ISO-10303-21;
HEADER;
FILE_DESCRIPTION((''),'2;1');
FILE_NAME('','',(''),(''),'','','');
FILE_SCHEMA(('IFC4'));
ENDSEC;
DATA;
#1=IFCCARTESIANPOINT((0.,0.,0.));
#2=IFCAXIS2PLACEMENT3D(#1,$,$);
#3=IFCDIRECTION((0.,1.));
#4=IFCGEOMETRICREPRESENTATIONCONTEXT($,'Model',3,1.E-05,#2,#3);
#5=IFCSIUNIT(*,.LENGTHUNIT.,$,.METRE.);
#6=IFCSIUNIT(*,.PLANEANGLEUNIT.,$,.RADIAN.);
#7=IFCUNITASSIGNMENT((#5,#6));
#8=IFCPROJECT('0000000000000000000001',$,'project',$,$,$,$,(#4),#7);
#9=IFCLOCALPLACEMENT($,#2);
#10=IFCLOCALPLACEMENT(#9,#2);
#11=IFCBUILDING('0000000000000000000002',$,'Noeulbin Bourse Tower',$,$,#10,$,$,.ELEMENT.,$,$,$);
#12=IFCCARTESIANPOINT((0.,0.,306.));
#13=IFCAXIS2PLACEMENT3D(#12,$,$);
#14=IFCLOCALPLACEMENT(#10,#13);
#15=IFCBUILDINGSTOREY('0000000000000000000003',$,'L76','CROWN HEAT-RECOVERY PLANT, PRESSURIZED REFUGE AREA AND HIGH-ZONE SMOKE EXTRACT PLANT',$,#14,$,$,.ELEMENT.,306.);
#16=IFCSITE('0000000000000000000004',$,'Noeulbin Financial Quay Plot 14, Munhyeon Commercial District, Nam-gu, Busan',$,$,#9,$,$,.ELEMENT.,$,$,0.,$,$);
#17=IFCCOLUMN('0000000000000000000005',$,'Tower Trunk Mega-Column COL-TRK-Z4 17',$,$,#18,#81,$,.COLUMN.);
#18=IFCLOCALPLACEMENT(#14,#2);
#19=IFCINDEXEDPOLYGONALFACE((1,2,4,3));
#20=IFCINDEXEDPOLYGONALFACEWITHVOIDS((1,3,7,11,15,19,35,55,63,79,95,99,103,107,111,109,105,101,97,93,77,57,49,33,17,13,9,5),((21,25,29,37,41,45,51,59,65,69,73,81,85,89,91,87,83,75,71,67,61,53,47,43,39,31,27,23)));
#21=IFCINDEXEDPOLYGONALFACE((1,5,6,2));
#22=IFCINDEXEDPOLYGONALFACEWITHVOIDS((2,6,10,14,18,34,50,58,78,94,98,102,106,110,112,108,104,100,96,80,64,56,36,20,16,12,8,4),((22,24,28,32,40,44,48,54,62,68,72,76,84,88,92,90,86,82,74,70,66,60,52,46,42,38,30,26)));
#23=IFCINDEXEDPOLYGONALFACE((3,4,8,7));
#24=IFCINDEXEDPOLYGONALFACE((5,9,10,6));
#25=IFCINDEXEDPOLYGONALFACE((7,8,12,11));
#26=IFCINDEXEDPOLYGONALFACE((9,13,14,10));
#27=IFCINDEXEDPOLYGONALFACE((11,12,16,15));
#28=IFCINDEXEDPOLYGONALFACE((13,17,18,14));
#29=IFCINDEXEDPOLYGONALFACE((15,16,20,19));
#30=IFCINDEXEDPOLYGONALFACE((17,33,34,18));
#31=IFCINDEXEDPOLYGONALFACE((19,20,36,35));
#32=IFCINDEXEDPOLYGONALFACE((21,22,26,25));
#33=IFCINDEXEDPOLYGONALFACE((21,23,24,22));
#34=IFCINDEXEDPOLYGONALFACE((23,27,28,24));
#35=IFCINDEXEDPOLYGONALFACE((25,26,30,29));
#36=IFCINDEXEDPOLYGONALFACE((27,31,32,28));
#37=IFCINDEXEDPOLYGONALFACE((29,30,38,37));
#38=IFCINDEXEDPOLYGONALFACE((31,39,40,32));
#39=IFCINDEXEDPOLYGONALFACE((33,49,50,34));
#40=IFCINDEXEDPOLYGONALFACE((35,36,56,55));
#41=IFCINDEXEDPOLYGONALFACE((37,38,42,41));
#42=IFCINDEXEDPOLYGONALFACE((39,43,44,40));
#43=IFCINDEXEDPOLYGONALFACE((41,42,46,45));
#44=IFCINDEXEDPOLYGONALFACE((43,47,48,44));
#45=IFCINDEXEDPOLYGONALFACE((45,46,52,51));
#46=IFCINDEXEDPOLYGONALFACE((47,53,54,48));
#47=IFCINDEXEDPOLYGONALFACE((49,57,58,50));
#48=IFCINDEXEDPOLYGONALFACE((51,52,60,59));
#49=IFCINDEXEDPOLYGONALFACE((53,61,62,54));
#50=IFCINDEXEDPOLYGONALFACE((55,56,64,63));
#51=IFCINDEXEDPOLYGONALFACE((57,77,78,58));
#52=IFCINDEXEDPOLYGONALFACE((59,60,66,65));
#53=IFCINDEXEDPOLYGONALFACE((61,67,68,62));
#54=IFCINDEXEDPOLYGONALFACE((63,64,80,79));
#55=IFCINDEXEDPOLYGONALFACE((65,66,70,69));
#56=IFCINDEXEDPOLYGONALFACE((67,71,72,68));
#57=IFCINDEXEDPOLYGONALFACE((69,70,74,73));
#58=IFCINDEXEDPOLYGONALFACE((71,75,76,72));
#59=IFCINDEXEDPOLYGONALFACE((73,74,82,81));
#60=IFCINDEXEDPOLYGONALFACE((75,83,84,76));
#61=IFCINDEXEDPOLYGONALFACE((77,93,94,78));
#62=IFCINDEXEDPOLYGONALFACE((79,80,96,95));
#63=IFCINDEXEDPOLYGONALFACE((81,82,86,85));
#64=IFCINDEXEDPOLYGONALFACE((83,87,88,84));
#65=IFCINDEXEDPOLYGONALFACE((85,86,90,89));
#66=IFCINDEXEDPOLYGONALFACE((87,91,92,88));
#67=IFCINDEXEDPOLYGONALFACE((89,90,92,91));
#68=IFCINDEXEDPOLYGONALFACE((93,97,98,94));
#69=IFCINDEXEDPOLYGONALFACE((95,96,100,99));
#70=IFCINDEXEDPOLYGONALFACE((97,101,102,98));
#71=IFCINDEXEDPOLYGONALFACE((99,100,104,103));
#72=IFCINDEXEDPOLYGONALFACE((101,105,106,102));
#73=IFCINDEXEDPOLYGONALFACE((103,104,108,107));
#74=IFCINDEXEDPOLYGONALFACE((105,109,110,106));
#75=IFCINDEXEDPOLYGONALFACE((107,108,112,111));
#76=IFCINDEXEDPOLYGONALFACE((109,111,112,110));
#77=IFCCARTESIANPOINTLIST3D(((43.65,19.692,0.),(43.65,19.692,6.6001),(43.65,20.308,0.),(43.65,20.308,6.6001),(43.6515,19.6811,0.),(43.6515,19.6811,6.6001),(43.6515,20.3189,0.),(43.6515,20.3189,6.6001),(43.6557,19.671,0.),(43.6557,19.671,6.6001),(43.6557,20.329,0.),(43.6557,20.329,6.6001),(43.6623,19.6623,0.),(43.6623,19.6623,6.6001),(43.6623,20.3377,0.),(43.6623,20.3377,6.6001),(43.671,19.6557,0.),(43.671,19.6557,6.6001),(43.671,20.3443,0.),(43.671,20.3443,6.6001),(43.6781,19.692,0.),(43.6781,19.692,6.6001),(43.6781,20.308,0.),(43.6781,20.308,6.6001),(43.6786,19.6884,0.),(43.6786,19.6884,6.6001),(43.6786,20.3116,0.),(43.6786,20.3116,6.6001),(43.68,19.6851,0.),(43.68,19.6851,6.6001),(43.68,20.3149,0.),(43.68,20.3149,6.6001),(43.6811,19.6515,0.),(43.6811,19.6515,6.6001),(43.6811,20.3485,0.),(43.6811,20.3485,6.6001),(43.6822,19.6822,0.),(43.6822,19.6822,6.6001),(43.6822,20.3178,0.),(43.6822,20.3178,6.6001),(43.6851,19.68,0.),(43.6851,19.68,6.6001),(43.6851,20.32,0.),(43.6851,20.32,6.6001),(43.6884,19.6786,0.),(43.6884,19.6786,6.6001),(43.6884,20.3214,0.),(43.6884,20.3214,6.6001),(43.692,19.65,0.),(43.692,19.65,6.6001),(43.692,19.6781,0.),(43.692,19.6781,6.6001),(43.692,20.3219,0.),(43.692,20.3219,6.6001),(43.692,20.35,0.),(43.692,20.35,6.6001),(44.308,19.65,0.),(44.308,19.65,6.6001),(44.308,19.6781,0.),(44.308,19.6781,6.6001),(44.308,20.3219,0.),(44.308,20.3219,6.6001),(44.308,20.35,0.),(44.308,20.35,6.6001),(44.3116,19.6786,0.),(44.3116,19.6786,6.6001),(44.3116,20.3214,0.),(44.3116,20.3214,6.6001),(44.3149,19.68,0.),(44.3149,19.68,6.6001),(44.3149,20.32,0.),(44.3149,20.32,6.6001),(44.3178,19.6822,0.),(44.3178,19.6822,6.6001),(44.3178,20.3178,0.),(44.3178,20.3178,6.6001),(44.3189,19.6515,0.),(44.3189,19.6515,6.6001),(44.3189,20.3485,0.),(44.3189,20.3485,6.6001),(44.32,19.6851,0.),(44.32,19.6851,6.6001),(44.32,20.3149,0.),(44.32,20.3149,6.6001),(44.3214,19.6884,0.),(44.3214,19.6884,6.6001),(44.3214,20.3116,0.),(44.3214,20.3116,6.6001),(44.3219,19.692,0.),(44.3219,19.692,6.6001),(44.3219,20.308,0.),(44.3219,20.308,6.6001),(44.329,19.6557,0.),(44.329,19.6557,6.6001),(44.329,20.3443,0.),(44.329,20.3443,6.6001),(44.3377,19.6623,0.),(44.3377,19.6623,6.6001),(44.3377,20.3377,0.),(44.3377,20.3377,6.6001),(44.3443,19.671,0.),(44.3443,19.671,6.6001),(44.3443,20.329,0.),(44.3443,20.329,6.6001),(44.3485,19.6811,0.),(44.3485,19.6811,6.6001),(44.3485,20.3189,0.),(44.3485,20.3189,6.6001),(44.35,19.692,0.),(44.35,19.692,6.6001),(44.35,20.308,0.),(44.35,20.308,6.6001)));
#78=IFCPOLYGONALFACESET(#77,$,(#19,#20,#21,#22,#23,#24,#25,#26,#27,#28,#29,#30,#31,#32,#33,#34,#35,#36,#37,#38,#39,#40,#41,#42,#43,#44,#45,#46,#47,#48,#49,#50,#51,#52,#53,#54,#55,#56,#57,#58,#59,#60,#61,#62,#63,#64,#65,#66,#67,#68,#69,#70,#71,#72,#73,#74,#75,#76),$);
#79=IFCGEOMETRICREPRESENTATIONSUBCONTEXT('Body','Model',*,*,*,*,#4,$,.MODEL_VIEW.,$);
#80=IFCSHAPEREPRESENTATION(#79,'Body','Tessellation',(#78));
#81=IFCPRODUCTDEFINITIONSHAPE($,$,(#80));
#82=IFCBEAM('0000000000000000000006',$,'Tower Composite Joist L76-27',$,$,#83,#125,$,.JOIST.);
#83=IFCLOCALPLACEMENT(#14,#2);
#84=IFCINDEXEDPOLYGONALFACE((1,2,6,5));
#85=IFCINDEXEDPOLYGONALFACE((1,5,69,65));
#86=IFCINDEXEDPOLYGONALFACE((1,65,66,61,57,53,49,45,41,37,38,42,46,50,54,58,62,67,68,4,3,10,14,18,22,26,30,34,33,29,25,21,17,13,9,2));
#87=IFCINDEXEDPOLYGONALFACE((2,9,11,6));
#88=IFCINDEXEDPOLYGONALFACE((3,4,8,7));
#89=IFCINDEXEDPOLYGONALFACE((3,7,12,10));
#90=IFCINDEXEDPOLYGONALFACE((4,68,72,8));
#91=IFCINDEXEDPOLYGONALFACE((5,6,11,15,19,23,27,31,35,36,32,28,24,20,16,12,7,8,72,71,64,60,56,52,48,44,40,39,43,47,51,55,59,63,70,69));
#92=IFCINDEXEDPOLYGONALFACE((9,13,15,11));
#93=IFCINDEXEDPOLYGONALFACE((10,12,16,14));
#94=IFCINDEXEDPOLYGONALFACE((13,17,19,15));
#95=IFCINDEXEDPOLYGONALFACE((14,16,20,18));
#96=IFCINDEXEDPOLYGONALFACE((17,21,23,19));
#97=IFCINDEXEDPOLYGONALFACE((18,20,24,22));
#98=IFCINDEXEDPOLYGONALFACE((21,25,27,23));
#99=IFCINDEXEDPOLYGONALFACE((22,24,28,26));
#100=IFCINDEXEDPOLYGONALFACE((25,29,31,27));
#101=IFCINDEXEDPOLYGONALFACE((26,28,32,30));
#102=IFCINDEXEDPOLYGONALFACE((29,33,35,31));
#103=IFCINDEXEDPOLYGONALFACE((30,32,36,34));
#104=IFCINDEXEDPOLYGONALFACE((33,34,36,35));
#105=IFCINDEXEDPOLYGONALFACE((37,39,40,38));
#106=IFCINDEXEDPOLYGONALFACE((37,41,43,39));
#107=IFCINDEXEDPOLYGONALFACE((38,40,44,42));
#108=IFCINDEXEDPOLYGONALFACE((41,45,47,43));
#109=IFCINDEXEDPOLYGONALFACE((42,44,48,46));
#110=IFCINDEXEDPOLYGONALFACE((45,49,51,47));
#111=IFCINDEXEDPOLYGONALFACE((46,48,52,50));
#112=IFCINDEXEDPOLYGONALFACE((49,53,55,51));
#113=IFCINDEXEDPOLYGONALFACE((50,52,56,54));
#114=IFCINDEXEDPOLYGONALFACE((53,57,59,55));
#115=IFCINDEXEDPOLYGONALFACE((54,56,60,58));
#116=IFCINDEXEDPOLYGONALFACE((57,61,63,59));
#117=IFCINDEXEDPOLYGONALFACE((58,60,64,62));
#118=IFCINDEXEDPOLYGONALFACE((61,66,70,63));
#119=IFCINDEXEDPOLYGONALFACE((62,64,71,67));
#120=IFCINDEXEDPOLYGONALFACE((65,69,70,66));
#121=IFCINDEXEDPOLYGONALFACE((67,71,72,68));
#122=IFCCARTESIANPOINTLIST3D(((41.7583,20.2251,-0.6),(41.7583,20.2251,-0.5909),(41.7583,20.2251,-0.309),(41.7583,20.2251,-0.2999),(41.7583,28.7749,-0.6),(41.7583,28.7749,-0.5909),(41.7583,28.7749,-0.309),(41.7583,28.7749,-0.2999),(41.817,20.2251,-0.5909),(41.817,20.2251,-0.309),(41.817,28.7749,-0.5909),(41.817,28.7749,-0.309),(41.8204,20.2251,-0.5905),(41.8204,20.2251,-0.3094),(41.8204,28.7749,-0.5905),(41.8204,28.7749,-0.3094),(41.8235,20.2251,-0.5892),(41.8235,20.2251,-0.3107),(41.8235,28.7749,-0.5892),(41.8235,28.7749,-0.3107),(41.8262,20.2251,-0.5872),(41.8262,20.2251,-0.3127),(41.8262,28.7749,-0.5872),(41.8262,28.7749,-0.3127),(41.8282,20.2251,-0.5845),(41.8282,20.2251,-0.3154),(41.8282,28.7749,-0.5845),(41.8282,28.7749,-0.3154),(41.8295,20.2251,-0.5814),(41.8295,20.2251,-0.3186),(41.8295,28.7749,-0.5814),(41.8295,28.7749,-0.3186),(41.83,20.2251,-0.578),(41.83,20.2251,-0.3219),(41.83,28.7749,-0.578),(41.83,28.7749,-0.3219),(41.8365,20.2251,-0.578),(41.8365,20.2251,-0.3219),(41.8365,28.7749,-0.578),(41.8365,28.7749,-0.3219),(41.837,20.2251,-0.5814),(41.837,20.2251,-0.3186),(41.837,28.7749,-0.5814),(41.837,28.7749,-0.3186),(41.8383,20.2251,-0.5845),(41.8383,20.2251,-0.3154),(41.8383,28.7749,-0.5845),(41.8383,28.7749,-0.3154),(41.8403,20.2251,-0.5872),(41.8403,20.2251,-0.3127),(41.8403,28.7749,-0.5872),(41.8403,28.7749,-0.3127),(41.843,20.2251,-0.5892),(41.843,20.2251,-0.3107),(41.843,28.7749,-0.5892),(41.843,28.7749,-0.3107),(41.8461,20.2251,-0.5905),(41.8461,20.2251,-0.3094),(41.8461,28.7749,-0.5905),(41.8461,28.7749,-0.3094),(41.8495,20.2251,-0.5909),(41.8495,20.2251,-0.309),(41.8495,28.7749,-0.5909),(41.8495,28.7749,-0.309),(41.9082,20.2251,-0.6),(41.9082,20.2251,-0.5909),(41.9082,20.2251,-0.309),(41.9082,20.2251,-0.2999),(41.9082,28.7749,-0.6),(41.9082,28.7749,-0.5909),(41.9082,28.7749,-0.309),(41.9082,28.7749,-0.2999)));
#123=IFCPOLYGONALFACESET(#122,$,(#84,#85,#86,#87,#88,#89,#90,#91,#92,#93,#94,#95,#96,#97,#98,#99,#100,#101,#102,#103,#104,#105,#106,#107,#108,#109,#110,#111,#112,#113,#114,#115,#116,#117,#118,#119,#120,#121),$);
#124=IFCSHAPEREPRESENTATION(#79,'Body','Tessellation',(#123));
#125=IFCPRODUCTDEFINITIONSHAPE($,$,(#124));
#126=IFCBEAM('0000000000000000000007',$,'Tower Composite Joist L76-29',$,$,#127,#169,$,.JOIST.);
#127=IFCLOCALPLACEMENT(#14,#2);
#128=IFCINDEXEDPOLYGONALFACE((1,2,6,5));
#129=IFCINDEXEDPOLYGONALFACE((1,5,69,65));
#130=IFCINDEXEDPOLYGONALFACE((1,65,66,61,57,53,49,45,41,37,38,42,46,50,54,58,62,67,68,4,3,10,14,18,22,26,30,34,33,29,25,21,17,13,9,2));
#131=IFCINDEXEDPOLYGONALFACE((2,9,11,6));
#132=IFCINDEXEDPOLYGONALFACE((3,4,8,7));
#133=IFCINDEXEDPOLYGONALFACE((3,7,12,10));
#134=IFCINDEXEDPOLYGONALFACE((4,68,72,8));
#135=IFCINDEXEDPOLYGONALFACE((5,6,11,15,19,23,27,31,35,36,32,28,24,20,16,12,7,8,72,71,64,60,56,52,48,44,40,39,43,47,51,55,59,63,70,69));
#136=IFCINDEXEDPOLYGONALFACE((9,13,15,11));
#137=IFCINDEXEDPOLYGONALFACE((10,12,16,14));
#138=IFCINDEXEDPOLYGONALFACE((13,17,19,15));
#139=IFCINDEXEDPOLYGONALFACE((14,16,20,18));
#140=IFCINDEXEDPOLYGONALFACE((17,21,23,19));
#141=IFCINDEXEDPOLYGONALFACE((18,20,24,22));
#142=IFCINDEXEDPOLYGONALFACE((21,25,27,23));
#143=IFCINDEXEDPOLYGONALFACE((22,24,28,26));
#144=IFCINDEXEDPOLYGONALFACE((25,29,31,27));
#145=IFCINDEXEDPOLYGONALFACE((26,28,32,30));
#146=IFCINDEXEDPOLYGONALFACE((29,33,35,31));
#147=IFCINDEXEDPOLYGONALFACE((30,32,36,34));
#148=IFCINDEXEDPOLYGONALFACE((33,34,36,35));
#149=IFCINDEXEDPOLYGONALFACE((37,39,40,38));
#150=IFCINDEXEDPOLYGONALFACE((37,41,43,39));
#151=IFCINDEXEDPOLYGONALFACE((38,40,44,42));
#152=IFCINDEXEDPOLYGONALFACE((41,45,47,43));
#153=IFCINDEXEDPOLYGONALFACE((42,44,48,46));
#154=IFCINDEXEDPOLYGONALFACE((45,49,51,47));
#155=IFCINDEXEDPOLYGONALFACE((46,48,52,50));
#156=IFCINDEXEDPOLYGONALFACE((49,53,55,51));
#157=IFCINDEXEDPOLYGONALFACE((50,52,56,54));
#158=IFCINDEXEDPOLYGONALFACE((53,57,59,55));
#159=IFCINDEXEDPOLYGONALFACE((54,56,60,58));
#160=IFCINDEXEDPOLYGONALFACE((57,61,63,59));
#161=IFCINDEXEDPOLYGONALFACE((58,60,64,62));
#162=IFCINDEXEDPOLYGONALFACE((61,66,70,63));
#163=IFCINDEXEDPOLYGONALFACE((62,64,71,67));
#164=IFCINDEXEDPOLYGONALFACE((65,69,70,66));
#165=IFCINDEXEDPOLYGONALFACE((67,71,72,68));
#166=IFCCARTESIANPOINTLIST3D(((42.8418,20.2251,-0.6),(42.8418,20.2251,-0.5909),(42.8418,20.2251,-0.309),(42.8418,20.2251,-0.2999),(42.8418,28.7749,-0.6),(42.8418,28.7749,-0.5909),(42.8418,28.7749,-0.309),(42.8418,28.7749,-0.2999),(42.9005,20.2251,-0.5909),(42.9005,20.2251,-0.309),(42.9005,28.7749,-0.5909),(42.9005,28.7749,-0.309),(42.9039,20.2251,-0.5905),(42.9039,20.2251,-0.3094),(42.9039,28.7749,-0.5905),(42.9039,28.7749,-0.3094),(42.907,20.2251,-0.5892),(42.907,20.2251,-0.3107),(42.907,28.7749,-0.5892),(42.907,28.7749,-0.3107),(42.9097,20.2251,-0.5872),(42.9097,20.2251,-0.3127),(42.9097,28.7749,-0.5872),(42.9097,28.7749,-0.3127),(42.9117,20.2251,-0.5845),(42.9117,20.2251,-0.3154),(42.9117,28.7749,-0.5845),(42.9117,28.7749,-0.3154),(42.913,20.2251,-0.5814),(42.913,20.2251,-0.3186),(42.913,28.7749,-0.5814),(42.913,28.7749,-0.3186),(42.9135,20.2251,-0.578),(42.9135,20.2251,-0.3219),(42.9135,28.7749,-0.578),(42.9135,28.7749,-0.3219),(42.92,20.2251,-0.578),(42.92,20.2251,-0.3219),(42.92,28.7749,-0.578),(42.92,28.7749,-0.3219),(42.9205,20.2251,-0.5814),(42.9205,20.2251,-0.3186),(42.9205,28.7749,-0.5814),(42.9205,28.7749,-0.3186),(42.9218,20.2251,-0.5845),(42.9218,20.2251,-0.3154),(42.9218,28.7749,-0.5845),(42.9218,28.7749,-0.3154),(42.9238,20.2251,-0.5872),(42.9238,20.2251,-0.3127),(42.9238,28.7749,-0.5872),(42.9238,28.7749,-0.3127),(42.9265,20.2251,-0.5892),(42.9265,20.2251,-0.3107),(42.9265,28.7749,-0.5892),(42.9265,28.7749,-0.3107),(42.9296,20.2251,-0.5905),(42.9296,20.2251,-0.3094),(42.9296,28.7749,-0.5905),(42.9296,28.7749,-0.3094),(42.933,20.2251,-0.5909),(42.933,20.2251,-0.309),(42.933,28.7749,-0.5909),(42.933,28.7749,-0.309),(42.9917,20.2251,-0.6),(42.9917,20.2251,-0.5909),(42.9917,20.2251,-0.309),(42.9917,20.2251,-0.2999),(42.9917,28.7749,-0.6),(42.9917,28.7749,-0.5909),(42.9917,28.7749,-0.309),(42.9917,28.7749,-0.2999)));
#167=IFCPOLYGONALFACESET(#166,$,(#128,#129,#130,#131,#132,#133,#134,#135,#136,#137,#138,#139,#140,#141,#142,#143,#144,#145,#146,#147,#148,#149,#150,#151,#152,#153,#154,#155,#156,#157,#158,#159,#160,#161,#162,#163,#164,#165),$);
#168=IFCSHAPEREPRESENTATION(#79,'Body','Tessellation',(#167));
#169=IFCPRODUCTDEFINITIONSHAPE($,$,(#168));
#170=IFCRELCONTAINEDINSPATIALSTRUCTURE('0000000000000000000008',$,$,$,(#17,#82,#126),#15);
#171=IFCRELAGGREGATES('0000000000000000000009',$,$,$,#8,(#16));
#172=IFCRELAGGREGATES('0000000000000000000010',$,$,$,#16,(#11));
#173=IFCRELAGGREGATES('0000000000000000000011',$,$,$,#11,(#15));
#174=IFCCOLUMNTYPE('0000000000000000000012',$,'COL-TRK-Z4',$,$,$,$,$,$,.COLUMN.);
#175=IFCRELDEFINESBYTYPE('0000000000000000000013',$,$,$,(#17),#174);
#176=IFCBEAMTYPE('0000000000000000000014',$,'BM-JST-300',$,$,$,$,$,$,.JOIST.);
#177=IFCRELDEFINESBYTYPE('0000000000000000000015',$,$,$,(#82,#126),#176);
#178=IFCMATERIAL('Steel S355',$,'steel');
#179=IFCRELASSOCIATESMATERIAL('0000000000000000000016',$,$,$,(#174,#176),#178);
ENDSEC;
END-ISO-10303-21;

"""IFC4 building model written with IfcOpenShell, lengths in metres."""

from ifc_helpers import new_model, si_unit, direction, frame, origin, origin_2d, place, context, subcontext, project, spatial, hollow_rectangle, i_section, extrude, material, material_profile, profile_set, type_object, element, save


model = new_model("IFC4")

# Units and contexts
model_context = context("Model", 3, precision=1e-05, world=origin(), true_north=direction((0.0, 1.0)))
body_context = subcontext(model_context, "Body", "Model", "MODEL_VIEW")
ifc_project = project(units=[si_unit("LENGTHUNIT", "METRE"), si_unit("PLANEANGLEUNIT", "RADIAN")], contexts=[model_context])

# Site, building, storey
site_placement = place(None, origin())
site = spatial("IfcSite", under=ifc_project, at=site_placement, Name="Noeulbin Financial Quay Plot 14, Munhyeon Commercial District, Nam-gu, Busan", CompositionType="ELEMENT", RefElevation=0.0)
building_placement = place(site_placement, origin())
building = spatial("IfcBuilding", under=site, at=building_placement, Name="Noeulbin Bourse Tower", CompositionType="ELEMENT")
storey_placement = place(building_placement, frame((0.0, 0.0, 306.0)))
storey = spatial("IfcBuildingStorey", under=building, at=storey_placement, Name="L76", Description="CROWN HEAT-RECOVERY PLANT, PRESSURIZED REFUGE AREA AND HIGH-ZONE SMOKE EXTRACT PLANT", CompositionType="ELEMENT", Elevation=306.0)

# Column
ifc_material_1 = material(Name="Steel S355", Category="steel")
ifc_material_profile_1 = material_profile(ifc_material_1, hollow_rectangle(XDim=0.7, YDim=0.7, WallThickness=0.0281, InnerFilletRadius=0.0139, OuterFilletRadius=0.042, at=origin_2d()), Name="BOX-700x700x28", Category="LoadBearing")
ifc_profile_set_1 = profile_set([ifc_material_profile_1], Name="Steel S355")
column_type_1 = type_object("IfcColumnType", Name="COL-TRK-Z4", PredefinedType="COLUMN", material=ifc_profile_set_1)
for number, where, z_axis, x_axis, name in (
    (1, (44.0, 20.0, 0.0), (0.0, 0.0, 1.0), (1.0, 0.0, 0.0), "Tower Trunk Mega-Column COL-TRK-Z4 17"),
):
    element("IfcColumn", number, at=place(storey_placement, frame(where, z_axis=z_axis, x_axis=x_axis)), inside=storey, type_object=column_type_1, Name=name, PredefinedType="COLUMN", context=body_context, shape_type="SweptSolid", body=[
        extrude(hollow_rectangle(XDim=0.7, YDim=0.7, WallThickness=0.0281, InnerFilletRadius=0.0139, OuterFilletRadius=0.042, at=origin_2d()), origin(), (0.0, 0.0, 1.0), 6.6001),
    ])

# Beams
ifc_material_profile_2 = material_profile(ifc_material_1, i_section(OverallWidth=0.1499, OverallDepth=0.3, WebThickness=0.0066, FlangeThickness=0.009, FilletRadius=0.0129, at=origin_2d()), Name="H-300x150x6.5x9", Category="LoadBearing")
ifc_profile_set_2 = profile_set([ifc_material_profile_2], Name="Steel S355")
beam_type_1 = type_object("IfcBeamType", Name="BM-JST-300", PredefinedType="JOIST", material=ifc_profile_set_2)
for number, where, z_axis, x_axis, name in (
    (2, (41.8333, 20.2251, -0.45), (0.0, 1.0, 0.0), (-1.0, 0.0, 0.0), "Tower Composite Joist L76-27"),
    (3, (42.9167, 20.2251, -0.45), (0.0, 1.0, 0.0), (-1.0, 0.0, 0.0), "Tower Composite Joist L76-29"),
):
    element("IfcBeam", number, at=place(storey_placement, frame(where, z_axis=z_axis, x_axis=x_axis)), inside=storey, type_object=beam_type_1, Name=name, PredefinedType="JOIST", context=body_context, shape_type="SweptSolid", body=[
        extrude(i_section(OverallWidth=0.1499, OverallDepth=0.3, WebThickness=0.0066, FlangeThickness=0.009, FilletRadius=0.0129, at=origin_2d()), origin(), (0.0, 0.0, 1.0), 8.5498),
    ])

save(model, "model.ifc")
